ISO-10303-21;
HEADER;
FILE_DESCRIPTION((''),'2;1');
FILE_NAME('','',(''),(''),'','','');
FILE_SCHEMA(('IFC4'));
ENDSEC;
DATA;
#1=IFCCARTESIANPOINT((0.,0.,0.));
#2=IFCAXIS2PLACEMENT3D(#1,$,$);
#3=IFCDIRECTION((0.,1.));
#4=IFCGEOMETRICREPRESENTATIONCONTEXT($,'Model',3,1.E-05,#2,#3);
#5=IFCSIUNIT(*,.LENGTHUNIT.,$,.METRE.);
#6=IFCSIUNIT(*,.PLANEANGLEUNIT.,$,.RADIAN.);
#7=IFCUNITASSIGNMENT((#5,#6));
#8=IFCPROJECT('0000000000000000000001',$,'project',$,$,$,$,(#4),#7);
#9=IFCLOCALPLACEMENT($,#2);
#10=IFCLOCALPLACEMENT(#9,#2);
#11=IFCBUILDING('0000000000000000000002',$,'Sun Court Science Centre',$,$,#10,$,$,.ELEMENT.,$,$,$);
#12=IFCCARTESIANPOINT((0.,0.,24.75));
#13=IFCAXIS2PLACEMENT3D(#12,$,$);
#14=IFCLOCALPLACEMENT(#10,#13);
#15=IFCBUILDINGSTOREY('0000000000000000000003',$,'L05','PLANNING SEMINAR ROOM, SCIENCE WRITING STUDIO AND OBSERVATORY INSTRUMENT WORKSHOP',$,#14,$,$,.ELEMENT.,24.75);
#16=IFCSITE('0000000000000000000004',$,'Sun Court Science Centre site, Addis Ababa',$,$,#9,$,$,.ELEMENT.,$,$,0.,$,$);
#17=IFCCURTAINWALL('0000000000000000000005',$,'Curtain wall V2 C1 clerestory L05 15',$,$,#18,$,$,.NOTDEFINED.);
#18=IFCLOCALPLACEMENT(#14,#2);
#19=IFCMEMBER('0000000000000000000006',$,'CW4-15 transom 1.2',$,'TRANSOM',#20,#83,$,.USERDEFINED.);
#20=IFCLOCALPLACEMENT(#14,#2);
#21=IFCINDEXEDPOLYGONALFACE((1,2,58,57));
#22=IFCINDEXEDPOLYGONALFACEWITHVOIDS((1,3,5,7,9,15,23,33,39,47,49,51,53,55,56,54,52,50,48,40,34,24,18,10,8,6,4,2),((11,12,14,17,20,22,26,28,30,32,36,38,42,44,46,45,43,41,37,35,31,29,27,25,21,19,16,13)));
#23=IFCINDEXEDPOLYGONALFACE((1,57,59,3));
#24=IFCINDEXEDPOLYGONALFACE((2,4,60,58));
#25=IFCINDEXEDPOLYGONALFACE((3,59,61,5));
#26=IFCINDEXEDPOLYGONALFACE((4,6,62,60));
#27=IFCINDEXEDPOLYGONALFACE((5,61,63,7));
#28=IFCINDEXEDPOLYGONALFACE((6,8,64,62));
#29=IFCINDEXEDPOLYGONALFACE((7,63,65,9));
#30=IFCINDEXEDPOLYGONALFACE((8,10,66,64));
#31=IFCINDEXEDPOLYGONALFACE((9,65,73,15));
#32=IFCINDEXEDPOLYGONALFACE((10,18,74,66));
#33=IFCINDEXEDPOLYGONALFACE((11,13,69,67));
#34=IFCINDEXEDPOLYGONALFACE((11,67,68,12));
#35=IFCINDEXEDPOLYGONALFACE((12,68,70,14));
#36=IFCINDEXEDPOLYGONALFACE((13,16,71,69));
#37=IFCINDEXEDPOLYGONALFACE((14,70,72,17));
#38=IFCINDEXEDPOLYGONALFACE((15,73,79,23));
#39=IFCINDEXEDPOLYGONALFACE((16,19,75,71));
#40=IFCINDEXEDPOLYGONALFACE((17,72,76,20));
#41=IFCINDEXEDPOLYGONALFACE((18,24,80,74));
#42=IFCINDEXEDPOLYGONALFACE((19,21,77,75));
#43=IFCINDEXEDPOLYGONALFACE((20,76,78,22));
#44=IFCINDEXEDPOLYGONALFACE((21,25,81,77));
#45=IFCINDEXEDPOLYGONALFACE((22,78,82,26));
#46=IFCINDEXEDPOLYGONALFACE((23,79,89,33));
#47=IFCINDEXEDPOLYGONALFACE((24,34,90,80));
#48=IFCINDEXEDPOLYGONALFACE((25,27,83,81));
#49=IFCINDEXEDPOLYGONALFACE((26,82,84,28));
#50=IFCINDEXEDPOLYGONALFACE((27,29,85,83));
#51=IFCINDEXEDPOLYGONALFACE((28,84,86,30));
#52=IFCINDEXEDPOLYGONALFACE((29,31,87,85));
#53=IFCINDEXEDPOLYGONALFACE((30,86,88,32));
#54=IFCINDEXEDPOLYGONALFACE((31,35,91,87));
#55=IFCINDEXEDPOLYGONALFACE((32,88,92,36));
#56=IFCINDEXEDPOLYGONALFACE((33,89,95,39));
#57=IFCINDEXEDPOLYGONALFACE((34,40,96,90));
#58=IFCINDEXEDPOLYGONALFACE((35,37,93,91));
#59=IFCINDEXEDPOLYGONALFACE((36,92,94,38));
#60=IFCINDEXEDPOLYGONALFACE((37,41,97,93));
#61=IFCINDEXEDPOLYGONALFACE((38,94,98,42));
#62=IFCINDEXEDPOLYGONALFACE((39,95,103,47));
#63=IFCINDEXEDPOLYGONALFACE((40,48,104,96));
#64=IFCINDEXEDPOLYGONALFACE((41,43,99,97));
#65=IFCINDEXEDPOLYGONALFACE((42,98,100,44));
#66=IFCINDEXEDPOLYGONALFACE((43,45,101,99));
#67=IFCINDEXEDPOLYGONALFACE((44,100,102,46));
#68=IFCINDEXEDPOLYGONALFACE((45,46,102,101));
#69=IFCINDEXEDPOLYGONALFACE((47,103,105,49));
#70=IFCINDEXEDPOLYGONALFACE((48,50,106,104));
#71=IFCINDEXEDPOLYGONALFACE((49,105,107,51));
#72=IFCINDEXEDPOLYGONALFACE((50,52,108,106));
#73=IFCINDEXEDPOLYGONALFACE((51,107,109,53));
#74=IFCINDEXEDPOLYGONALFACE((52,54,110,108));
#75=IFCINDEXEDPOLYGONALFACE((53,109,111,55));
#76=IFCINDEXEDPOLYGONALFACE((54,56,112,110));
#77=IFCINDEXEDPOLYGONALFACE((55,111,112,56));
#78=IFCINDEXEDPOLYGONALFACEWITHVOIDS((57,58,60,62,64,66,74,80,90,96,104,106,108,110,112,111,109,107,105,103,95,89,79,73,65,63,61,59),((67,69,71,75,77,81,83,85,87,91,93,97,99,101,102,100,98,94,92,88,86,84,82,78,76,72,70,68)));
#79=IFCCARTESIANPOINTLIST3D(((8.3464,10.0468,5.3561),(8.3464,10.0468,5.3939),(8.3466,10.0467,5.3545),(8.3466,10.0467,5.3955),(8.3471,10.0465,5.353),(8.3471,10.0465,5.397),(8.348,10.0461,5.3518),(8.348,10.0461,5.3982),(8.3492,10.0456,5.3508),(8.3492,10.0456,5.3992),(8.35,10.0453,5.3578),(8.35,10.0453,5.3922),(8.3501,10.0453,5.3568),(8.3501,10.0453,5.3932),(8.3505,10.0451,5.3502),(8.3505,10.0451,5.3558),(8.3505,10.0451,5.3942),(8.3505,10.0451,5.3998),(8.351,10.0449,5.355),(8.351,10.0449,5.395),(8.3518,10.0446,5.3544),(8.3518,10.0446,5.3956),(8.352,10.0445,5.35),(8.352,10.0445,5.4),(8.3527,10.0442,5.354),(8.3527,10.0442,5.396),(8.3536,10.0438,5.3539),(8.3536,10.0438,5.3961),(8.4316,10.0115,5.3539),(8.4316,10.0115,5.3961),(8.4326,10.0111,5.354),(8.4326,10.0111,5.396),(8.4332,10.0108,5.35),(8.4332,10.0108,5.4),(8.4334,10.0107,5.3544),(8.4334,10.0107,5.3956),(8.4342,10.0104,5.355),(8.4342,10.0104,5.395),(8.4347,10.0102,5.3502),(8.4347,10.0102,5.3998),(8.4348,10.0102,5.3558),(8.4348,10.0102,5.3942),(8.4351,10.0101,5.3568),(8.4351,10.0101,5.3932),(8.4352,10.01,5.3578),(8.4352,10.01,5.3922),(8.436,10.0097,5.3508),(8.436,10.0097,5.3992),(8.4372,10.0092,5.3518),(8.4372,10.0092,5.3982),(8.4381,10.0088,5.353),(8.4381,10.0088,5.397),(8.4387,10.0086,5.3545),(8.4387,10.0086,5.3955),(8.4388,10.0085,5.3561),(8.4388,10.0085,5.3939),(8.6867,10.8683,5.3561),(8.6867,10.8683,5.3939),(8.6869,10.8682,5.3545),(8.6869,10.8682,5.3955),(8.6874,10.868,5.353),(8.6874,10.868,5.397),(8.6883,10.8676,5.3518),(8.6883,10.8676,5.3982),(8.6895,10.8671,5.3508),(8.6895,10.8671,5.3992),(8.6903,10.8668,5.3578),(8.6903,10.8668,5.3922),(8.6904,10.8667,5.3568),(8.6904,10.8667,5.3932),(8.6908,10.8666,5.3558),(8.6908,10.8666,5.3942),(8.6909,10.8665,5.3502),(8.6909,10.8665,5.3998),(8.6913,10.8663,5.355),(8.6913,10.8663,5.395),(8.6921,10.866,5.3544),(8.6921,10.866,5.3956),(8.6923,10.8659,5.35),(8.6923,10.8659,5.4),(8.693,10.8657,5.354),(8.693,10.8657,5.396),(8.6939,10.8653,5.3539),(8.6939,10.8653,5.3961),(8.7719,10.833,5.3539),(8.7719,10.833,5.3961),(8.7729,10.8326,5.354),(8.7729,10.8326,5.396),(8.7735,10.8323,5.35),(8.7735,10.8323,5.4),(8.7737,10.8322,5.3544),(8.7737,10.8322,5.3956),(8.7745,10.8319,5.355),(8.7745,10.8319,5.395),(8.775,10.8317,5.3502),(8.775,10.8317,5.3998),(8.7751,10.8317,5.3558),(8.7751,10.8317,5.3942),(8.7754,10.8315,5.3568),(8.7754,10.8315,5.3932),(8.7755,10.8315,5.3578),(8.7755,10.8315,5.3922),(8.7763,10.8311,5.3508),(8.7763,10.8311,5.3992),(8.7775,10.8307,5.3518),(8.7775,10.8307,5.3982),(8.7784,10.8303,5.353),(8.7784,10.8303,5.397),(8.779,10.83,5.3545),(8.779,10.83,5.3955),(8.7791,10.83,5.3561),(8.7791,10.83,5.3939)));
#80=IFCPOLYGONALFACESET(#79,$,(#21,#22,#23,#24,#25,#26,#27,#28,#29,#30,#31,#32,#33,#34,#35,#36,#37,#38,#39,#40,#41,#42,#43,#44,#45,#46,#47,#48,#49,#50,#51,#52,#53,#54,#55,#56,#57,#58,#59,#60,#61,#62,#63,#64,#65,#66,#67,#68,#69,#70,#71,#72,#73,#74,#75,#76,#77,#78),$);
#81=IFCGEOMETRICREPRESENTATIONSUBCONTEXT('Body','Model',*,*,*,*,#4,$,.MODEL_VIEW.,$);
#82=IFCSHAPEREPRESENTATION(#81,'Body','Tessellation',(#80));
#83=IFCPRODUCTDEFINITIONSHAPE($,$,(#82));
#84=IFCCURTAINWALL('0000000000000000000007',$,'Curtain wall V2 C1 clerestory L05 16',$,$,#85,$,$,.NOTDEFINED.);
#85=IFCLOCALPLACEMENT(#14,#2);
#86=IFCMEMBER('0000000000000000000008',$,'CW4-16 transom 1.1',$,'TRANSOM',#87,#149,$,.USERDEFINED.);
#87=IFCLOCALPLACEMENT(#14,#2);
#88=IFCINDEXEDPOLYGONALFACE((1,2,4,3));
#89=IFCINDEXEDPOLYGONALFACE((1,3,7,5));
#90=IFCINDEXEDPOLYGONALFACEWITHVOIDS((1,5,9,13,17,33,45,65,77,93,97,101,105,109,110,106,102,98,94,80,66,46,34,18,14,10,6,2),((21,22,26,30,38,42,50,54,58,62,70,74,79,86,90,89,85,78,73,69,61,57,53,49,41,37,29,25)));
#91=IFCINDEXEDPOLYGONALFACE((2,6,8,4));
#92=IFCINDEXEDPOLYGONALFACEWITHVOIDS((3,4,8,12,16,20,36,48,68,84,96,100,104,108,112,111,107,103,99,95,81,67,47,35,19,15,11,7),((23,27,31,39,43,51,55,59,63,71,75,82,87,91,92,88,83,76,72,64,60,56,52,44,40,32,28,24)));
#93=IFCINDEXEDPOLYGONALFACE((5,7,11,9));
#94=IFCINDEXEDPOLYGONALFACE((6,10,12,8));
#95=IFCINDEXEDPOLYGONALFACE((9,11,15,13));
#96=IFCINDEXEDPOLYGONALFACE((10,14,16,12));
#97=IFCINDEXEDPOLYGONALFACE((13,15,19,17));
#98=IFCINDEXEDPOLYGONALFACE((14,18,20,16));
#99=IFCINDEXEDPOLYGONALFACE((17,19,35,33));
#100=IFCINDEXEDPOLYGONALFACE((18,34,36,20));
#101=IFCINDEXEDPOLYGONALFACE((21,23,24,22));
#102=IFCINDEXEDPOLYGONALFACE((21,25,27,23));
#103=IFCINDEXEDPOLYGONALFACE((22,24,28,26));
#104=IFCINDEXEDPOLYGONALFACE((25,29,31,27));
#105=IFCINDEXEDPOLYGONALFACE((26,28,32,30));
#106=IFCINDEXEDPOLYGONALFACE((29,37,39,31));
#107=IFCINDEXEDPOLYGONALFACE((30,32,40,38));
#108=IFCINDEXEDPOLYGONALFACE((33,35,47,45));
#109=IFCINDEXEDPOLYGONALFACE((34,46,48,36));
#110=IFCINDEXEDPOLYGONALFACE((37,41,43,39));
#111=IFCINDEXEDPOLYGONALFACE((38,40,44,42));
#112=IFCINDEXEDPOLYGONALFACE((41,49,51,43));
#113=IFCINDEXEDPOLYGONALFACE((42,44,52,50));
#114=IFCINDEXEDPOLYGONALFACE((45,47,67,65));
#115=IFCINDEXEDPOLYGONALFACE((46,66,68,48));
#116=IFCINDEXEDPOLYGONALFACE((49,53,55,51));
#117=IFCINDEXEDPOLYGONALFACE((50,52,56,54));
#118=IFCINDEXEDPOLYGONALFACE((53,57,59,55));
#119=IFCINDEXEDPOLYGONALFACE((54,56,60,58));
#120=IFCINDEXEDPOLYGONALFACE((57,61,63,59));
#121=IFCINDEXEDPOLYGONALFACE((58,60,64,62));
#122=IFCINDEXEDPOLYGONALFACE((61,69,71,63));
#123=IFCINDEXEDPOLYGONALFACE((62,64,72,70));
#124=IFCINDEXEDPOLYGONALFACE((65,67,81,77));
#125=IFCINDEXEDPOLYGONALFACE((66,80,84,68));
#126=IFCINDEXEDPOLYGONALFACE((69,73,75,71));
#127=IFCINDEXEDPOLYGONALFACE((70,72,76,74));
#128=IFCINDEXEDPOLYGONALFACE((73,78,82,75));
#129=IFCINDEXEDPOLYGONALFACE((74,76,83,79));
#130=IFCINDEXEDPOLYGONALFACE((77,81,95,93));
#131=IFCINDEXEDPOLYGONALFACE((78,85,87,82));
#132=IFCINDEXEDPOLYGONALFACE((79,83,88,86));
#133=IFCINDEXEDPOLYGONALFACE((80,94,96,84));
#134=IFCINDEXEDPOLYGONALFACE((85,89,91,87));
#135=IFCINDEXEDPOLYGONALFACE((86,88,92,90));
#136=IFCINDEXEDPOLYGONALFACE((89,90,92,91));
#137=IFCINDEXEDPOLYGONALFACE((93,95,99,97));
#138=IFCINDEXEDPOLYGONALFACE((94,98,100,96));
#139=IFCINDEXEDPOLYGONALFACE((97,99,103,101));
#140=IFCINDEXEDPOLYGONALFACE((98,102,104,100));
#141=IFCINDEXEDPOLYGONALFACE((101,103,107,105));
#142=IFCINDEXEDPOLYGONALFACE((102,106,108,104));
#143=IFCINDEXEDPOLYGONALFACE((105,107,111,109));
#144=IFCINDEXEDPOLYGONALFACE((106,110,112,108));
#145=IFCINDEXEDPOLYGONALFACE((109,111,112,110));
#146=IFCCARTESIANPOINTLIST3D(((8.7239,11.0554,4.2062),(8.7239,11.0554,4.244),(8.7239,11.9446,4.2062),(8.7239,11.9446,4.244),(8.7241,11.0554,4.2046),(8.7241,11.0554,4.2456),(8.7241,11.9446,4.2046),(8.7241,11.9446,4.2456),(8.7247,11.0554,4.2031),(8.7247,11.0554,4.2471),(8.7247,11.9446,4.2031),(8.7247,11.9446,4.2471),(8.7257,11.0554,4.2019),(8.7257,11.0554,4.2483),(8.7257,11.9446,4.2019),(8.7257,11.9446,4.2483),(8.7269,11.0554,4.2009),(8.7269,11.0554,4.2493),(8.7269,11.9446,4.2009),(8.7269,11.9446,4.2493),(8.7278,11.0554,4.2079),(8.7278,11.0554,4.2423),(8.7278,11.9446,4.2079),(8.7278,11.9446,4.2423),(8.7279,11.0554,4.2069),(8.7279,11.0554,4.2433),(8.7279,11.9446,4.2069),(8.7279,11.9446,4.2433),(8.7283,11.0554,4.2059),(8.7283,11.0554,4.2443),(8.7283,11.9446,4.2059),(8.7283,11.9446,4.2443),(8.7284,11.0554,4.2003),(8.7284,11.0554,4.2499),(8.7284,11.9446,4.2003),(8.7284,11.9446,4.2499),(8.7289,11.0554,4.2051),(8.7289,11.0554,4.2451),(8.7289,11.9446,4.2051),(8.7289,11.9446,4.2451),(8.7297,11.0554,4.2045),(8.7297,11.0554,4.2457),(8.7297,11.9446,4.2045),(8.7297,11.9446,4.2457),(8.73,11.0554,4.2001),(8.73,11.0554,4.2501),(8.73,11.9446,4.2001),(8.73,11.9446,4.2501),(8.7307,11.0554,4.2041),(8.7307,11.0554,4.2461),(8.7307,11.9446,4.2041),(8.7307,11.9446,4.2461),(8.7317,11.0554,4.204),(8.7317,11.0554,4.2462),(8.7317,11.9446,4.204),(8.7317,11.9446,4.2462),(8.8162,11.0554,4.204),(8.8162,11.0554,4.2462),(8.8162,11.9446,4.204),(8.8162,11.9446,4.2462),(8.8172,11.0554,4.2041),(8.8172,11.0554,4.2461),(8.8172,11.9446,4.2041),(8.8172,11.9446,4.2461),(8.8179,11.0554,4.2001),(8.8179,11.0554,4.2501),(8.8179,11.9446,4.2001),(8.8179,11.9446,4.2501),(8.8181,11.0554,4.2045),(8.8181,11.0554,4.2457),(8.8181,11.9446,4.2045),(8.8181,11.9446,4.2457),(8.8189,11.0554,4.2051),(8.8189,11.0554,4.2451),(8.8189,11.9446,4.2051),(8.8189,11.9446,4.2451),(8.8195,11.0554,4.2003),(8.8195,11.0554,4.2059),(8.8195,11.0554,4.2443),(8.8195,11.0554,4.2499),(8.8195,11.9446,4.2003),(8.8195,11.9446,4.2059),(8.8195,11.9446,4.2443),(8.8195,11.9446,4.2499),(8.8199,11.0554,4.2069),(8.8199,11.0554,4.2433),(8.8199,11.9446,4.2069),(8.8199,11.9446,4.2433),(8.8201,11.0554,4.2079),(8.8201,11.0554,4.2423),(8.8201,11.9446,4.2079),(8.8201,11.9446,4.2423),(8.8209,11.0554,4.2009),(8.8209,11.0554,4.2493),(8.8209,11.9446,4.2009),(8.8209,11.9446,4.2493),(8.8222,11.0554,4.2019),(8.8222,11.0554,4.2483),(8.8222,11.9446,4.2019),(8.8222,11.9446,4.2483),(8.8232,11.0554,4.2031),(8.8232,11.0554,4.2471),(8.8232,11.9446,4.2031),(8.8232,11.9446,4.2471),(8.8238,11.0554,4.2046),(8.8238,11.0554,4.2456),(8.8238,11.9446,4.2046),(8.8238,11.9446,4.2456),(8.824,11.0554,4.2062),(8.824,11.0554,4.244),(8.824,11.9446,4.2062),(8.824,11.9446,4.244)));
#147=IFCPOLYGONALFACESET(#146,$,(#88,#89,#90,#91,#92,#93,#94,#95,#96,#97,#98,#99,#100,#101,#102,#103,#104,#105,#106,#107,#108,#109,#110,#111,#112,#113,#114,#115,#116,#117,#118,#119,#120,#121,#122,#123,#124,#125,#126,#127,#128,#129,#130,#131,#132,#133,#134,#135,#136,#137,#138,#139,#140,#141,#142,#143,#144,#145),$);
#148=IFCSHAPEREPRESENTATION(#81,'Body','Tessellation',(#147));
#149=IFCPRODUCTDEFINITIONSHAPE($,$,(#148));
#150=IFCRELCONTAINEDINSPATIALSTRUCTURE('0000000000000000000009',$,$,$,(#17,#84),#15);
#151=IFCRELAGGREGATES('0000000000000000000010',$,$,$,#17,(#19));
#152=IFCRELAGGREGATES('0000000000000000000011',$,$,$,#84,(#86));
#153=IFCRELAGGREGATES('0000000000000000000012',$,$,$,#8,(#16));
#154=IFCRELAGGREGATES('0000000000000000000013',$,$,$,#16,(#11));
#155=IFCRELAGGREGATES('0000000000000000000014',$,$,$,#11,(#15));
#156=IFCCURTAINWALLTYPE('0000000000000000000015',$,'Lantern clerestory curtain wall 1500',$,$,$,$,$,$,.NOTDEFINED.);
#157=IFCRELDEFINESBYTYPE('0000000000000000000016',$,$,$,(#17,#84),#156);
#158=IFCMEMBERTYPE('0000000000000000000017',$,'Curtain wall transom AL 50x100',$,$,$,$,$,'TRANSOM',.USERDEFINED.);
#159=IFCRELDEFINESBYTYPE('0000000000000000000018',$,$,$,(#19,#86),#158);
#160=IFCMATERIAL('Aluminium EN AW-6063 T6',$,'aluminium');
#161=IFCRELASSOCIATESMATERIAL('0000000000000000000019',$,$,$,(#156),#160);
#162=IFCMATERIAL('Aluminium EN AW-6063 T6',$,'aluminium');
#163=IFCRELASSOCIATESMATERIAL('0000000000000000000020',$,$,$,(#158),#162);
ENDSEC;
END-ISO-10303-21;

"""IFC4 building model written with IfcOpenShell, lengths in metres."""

from ifc_helpers import new_model, si_unit, direction, frame, origin, origin_2d, place, context, subcontext, project, spatial, hollow_rectangle, extrude, material, material_profile, profile_set, type_object, element, aggregate, save


model = new_model("IFC4")

# Units and contexts
model_context = context("Model", 3, precision=1e-05, world=origin(), true_north=direction((0.0, 1.0)))
body_context = subcontext(model_context, "Body", "Model", "MODEL_VIEW")
ifc_project = project(units=[si_unit("LENGTHUNIT", "METRE"), si_unit("PLANEANGLEUNIT", "RADIAN")], contexts=[model_context])

# Site, building, storey
site_placement = place(None, origin())
site = spatial("IfcSite", under=ifc_project, at=site_placement, Name="Sun Court Science Centre site, Addis Ababa", CompositionType="ELEMENT", RefElevation=0.0)
building_placement = place(site_placement, origin())
building = spatial("IfcBuilding", under=site, at=building_placement, Name="Sun Court Science Centre", CompositionType="ELEMENT")
storey_placement = place(building_placement, frame((0.0, 0.0, 24.75)))
storey = spatial("IfcBuildingStorey", under=building, at=storey_placement, Name="L05", Description="PLANNING SEMINAR ROOM, SCIENCE WRITING STUDIO AND OBSERVATORY INSTRUMENT WORKSHOP", CompositionType="ELEMENT", Elevation=24.75)

# Shared definitions
ifc_material_1 = material(Name="Aluminium EN AW-6063 T6", Category="aluminium")
curtain_wall_type = type_object("IfcCurtainWallType", Name="Lantern clerestory curtain wall 1500", PredefinedType="NOTDEFINED", material=ifc_material_1)

# Curtain walls, members
ifc_material_2 = material(Name="Aluminium EN AW-6063 T6", Category="aluminium")
ifc_material_profile_1 = material_profile(ifc_material_2, hollow_rectangle(XDim=0.05, YDim=0.1001, WallThickness=0.0039, InnerFilletRadius=0.0039, OuterFilletRadius=0.0061, at=origin_2d()), Name="AL 50x100x4")
ifc_profile_set_1 = profile_set([ifc_material_profile_1], Name="Aluminium EN AW-6063 T6")
member_type_1 = type_object("IfcMemberType", Name="Curtain wall transom AL 50x100", ElementType="TRANSOM", PredefinedType="USERDEFINED", material=ifc_profile_set_1)
curtain_wall_1_placement = place(storey_placement, origin())
curtain_wall_1 = element("IfcCurtainWall", 1, at=curtain_wall_1_placement, inside=storey, type_object=curtain_wall_type, Name="Curtain wall V2 C1 clerestory L05 15", PredefinedType="NOTDEFINED")
member_1_placement = place(storey_placement, frame((8.7329, 10.8491, 5.375), z_axis=(-0.382724, -0.923863, 0.0), x_axis=(0.0, 0.0, 1.0)))
member_1 = element("IfcMember", 2, at=member_1_placement, type_object=member_type_1, Name="CW4-15 transom 1.2", ObjectType="TRANSOM", PredefinedType="USERDEFINED", context=body_context, shape_type="SweptSolid", body=[
    extrude(hollow_rectangle(XDim=0.05, YDim=0.1001, WallThickness=0.0039, InnerFilletRadius=0.0039, OuterFilletRadius=0.0061, at=origin_2d()), origin(), (0.0, 0.0, 1.0), 0.8892),
])
curtain_wall_2_placement = place(storey_placement, origin())
curtain_wall_2 = element("IfcCurtainWall", 3, at=curtain_wall_2_placement, inside=storey, type_object=curtain_wall_type, Name="Curtain wall V2 C1 clerestory L05 16", PredefinedType="NOTDEFINED")
member_2_placement = place(storey_placement, frame((8.7739, 11.9446, 4.2251), z_axis=(0.0, -1.0, 0.0), x_axis=(0.0, 0.0, 1.0)))
member_2 = element("IfcMember", 4, at=member_2_placement, type_object=member_type_1, Name="CW4-16 transom 1.1", ObjectType="TRANSOM", PredefinedType="USERDEFINED", context=body_context, shape_type="SweptSolid", body=[
    extrude(hollow_rectangle(XDim=0.05, YDim=0.1001, WallThickness=0.0039, InnerFilletRadius=0.0039, OuterFilletRadius=0.0061, at=origin_2d()), origin(), (0.0, 0.0, 1.0), 0.8892),
])

aggregate(curtain_wall_1, [member_1])
aggregate(curtain_wall_2, [member_2])

save(model, "model.ifc")
